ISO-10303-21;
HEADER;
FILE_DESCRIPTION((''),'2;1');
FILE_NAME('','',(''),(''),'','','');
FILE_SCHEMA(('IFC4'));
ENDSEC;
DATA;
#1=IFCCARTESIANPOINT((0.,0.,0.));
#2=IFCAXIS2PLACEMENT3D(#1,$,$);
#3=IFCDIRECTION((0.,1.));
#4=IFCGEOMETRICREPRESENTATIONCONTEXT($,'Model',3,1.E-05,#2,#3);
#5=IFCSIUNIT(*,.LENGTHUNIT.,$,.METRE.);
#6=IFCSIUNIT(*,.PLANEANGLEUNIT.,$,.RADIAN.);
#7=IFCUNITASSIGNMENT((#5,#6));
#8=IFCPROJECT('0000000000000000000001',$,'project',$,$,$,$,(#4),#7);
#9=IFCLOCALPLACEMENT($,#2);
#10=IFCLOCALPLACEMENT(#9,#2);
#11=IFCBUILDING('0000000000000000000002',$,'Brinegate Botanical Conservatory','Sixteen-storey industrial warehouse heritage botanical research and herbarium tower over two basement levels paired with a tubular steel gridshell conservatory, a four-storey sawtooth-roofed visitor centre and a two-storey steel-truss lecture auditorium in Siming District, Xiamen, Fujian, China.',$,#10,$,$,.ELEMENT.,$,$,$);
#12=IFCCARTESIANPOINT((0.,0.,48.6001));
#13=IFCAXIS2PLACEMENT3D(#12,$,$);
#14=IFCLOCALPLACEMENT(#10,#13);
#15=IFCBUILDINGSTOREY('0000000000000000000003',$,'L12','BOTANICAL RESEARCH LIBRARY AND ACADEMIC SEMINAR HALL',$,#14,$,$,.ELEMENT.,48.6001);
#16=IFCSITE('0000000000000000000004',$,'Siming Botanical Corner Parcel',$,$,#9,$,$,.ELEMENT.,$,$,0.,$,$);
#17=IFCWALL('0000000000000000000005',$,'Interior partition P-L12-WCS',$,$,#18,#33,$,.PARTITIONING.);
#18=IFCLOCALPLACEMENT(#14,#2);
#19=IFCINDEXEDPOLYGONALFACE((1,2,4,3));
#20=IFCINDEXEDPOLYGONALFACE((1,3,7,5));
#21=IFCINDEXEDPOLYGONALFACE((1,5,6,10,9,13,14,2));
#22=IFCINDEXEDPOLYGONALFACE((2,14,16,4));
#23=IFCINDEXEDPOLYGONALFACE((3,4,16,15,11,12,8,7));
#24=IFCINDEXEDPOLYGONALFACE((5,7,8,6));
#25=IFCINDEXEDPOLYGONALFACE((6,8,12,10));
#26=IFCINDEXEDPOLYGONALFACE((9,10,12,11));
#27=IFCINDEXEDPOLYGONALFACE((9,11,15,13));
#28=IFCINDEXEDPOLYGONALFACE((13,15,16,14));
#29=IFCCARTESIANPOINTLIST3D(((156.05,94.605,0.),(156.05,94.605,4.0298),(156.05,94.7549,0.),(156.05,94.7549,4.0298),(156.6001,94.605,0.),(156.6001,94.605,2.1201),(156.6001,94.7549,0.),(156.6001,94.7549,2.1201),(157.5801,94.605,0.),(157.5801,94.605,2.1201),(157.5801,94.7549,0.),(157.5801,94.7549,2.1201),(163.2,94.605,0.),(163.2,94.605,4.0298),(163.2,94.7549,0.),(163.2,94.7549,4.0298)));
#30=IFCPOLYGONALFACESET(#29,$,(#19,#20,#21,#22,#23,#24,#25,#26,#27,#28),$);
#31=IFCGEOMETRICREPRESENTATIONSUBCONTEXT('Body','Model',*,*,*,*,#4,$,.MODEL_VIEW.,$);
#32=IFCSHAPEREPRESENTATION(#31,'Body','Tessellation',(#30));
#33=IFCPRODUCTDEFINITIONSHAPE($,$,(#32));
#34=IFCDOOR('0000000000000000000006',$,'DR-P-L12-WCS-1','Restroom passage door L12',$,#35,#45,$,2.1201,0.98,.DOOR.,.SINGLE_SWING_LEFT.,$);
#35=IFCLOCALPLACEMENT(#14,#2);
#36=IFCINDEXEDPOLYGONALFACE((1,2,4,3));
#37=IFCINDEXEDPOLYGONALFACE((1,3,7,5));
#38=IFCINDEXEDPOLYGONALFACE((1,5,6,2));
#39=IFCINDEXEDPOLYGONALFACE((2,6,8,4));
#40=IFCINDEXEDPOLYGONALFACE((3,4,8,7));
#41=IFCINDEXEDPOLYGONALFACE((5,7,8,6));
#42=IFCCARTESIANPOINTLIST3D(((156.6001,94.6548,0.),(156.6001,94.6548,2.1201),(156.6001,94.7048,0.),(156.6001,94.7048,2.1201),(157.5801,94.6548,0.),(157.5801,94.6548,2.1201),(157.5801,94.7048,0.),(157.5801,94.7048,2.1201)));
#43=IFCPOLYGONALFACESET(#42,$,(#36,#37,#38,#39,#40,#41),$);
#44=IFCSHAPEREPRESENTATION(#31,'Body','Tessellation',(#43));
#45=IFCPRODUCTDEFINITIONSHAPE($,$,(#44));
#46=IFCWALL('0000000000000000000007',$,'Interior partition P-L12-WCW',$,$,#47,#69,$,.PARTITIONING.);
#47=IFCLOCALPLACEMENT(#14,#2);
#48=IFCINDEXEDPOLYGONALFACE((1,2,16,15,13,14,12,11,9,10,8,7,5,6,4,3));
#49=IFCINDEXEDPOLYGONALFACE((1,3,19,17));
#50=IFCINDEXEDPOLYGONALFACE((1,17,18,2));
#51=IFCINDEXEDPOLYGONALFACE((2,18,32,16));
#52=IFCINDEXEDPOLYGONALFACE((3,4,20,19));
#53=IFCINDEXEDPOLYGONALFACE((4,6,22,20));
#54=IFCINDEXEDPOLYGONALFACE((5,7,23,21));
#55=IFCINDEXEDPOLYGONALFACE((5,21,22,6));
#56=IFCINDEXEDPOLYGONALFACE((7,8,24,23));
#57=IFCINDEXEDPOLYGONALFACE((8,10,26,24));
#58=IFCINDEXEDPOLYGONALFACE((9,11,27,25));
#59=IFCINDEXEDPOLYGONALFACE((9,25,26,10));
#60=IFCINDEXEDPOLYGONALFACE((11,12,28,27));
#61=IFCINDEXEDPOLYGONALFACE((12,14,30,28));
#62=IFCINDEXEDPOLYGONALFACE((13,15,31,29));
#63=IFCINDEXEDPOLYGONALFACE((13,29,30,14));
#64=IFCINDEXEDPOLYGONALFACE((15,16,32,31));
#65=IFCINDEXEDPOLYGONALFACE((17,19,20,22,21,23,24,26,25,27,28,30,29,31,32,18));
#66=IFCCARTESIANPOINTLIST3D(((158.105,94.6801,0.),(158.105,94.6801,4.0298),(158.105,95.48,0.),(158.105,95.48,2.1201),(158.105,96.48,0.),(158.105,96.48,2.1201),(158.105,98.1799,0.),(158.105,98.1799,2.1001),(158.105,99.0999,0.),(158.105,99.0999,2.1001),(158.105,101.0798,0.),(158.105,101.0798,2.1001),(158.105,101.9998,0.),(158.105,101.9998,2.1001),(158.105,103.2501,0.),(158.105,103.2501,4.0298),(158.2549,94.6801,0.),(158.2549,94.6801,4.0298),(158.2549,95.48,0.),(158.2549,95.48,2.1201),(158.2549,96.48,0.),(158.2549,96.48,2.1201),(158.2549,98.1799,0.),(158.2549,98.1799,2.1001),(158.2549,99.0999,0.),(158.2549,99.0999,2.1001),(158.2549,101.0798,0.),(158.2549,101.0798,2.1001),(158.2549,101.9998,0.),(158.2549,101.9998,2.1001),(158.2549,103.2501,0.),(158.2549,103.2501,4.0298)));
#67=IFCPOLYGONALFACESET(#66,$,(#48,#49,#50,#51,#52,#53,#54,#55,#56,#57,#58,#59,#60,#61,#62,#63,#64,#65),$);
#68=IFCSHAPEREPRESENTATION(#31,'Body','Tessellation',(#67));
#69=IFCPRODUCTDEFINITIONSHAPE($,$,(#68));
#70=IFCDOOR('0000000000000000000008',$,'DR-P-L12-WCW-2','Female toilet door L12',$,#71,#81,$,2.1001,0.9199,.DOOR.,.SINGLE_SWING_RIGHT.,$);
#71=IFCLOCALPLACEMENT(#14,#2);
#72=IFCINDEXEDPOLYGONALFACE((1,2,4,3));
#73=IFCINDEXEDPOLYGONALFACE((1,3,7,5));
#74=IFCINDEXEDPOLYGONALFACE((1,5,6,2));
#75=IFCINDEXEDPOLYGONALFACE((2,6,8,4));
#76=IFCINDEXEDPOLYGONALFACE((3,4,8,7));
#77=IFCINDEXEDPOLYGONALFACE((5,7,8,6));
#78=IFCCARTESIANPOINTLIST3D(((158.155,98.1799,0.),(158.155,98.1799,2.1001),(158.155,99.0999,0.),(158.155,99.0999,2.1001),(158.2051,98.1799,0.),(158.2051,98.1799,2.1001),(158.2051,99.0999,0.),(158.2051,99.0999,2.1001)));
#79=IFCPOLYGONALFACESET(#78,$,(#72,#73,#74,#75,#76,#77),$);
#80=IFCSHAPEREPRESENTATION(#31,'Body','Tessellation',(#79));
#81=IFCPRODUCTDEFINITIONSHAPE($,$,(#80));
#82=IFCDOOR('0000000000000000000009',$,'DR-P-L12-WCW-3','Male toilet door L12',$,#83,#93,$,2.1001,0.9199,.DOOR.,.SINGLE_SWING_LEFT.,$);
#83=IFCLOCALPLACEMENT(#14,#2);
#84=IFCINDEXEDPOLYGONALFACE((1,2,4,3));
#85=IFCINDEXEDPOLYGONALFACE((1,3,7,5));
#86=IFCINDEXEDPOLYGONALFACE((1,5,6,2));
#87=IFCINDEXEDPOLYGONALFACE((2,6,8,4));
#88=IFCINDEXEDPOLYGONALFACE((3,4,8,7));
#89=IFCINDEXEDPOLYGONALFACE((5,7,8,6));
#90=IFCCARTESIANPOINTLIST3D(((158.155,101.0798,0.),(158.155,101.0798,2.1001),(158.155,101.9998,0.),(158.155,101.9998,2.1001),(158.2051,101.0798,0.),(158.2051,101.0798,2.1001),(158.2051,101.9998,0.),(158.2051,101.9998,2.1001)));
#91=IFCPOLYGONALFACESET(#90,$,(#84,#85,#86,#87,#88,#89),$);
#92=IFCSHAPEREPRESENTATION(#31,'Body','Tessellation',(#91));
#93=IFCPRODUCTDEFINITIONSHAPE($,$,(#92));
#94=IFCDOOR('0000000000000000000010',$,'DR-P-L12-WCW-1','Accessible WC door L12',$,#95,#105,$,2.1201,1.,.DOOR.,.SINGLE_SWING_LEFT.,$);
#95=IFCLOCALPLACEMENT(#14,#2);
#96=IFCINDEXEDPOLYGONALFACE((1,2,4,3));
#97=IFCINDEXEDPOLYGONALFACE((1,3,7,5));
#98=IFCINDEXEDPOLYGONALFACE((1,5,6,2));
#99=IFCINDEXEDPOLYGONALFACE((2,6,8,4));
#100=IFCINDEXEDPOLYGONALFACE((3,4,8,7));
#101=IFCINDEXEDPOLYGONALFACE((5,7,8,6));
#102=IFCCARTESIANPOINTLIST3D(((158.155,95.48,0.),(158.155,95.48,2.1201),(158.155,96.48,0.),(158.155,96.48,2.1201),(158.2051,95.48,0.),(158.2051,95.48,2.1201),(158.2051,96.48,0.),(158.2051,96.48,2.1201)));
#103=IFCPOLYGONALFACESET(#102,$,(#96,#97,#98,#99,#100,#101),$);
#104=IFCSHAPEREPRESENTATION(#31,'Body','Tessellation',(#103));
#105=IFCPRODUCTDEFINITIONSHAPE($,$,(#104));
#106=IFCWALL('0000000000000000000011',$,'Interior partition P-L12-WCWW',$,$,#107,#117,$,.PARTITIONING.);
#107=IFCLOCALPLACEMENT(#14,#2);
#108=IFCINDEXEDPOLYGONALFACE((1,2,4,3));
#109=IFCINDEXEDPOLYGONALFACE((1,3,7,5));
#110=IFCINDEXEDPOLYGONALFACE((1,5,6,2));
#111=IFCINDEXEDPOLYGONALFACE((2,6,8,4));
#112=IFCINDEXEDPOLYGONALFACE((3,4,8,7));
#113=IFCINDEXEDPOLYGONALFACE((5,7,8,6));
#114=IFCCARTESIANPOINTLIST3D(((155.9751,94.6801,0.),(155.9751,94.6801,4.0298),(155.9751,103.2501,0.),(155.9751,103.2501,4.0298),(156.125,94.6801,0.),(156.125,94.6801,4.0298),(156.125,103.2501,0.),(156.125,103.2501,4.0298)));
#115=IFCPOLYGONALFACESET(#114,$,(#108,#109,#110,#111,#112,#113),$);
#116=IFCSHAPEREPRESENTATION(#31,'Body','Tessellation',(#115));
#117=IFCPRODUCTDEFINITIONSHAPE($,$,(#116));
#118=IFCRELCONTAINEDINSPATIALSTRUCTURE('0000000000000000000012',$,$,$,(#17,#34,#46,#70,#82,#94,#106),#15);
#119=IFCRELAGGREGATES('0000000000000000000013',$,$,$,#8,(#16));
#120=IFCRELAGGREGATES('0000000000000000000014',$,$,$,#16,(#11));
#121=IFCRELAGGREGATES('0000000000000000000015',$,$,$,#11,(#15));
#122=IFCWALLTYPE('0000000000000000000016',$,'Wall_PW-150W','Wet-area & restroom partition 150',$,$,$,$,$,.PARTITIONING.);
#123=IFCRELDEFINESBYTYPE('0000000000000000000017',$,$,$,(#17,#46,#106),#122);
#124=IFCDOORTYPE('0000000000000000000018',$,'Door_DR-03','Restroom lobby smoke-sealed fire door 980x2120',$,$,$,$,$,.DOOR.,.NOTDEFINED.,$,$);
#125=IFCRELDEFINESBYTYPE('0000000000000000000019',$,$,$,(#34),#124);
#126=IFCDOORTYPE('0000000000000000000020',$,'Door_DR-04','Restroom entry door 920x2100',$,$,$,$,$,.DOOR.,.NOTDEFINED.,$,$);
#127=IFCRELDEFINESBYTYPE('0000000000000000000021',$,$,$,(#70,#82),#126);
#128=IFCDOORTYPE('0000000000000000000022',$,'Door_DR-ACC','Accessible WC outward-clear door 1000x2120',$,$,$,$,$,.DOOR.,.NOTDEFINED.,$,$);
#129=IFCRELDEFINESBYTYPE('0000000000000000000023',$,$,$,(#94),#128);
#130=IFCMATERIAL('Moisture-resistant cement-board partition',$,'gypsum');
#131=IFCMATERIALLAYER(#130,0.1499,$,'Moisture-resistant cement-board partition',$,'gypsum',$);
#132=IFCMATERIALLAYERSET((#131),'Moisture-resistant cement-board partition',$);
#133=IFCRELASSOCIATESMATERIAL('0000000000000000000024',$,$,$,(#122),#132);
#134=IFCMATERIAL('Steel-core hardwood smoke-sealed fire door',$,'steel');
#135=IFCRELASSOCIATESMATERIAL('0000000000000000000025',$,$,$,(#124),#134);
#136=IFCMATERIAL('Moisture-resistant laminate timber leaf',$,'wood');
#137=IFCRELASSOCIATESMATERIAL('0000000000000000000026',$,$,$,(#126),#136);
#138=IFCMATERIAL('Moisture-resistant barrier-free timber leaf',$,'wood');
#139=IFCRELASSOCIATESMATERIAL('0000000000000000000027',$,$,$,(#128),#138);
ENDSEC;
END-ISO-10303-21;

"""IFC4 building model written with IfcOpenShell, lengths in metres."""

from ifc_helpers import new_model, si_unit, direction, frame, frame_2d, origin, place, context, subcontext, project, spatial, rectangle, extrude, material, layer, layer_set, type_object, element, fill, save


model = new_model("IFC4")

# Units and contexts
model_context = context("Model", 3, precision=1e-05, world=origin(), true_north=direction((0.0, 1.0)))
body_context = subcontext(model_context, "Body", "Model", "MODEL_VIEW")
ifc_project = project(units=[si_unit("LENGTHUNIT", "METRE"), si_unit("PLANEANGLEUNIT", "RADIAN")], contexts=[model_context])

# Site, building, storey
site_placement = place(None, origin())
site = spatial("IfcSite", under=ifc_project, at=site_placement, Name="Siming Botanical Corner Parcel", CompositionType="ELEMENT", RefElevation=0.0)
building_placement = place(site_placement, origin())
building = spatial("IfcBuilding", under=site, at=building_placement, Name="Brinegate Botanical Conservatory", Description="Sixteen-storey industrial warehouse heritage botanical research and herbarium tower over two basement levels paired with a tubular steel gridshell conservatory, a four-storey sawtooth-roofed visitor centre and a two-storey steel-truss lecture auditorium in Siming District, Xiamen, Fujian, China.", CompositionType="ELEMENT")
storey_placement = place(building_placement, frame((0.0, 0.0, 48.6001)))
storey = spatial("IfcBuildingStorey", under=building, at=storey_placement, Name="L12", Description="BOTANICAL RESEARCH LIBRARY AND ACADEMIC SEMINAR HALL", CompositionType="ELEMENT", Elevation=48.6001)

# Wall, opening, door
ifc_material_1 = material(Name="Moisture-resistant cement-board partition", Category="gypsum")
ifc_layer_1 = layer(ifc_material_1, 0.1499, Name="Moisture-resistant cement-board partition", Category="gypsum")
ifc_layer_set_1 = layer_set([ifc_layer_1], Name="Moisture-resistant cement-board partition")
wall_type_1 = type_object("IfcWallType", Name="Wall_PW-150W", Description="Wet-area & restroom partition 150", PredefinedType="PARTITIONING", material=ifc_layer_set_1)
wall_1_placement = place(storey_placement, frame((156.05, 94.6799, 0.0), z_axis=(0.0, 0.0, 1.0), x_axis=(1.0, 0.0, 0.0)))
wall_1 = element("IfcWall", 1, at=wall_1_placement, inside=storey, type_object=wall_type_1, Name="Interior partition P-L12-WCS", PredefinedType="PARTITIONING", context=body_context, shape_type="SweptSolid", body=[
    extrude(rectangle(XDim=7.1499, YDim=0.1499, at=frame_2d((3.575, 0.0))), origin(), (0.0, 0.0, 1.0), 4.0298),
])
opening_1_placement = place(wall_1_placement, frame((0.55, 0.0, 0.0)))
opening_1 = element("IfcOpeningElement", 2, at=opening_1_placement, cuts=wall_1, PredefinedType="OPENING", context=body_context, shape_type="SweptSolid", body=[
    extrude(rectangle(XDim=0.98, YDim=2.1201, at=frame_2d((0.49, 1.0601))), frame((0.0, 0.085, 0.0), z_axis=(0.0, -1.0, 0.0), x_axis=(1.0, 0.0, 0.0)), (0.0, 0.0, 1.0), 0.1699),
])
ifc_material_2 = material(Name="Steel-core hardwood smoke-sealed fire door", Category="steel")
door_type_1 = type_object("IfcDoorType", Name="Door_DR-03", Description="Restroom lobby smoke-sealed fire door 980x2120", OperationType="NOTDEFINED", PredefinedType="DOOR", material=ifc_material_2)
door_1_placement = place(opening_1_placement, origin())
door_1 = element("IfcDoor", 3, at=door_1_placement, inside=storey, type_object=door_type_1, Name="DR-P-L12-WCS-1", Description="Restroom passage door L12", OperationType="SINGLE_SWING_LEFT", OverallHeight=2.1201, OverallWidth=0.98, PredefinedType="DOOR", context=body_context, shape_type="SweptSolid", body=[
    extrude(rectangle(XDim=0.98, YDim=2.1201, at=frame_2d((0.49, 1.0601))), frame((0.0, 0.0249, 0.0), z_axis=(0.0, -1.0, 0.0), x_axis=(1.0, 0.0, 0.0)), (0.0, 0.0, 1.0), 0.05),
])
fill(opening_1, door_1)

# Wall, openings, doors
wall_2_placement = place(storey_placement, frame((158.1799, 94.6799, 0.0), z_axis=(0.0, 0.0, 1.0), x_axis=(0.0, 1.0, 0.0)))
wall_2 = element("IfcWall", 4, at=wall_2_placement, inside=storey, type_object=wall_type_1, Name="Interior partition P-L12-WCW", PredefinedType="PARTITIONING", context=body_context, shape_type="SweptSolid", body=[
    extrude(rectangle(XDim=8.5701, YDim=0.1499, at=frame_2d((4.2852, 0.0))), origin(), (0.0, 0.0, 1.0), 4.0298),
])
opening_2_placement = place(wall_2_placement, frame((0.8, 0.0, 0.0)))
opening_2 = element("IfcOpeningElement", 5, at=opening_2_placement, cuts=wall_2, PredefinedType="OPENING", context=body_context, shape_type="SweptSolid", body=[
    extrude(rectangle(XDim=1.0, YDim=2.1201, at=frame_2d((0.5, 1.0601))), frame((0.0, 0.085, 0.0), z_axis=(0.0, -1.0, 0.0), x_axis=(1.0, 0.0, 0.0)), (0.0, 0.0, 1.0), 0.1699),
])
opening_3_placement = place(wall_2_placement, frame((3.5, 0.0, 0.0)))
opening_3 = element("IfcOpeningElement", 6, at=opening_3_placement, cuts=wall_2, PredefinedType="OPENING", context=body_context, shape_type="SweptSolid", body=[
    extrude(rectangle(XDim=0.9199, YDim=2.1001, at=frame_2d((0.46, 1.05))), frame((0.0, 0.085, 0.0), z_axis=(0.0, -1.0, 0.0), x_axis=(1.0, 0.0, 0.0)), (0.0, 0.0, 1.0), 0.1699),
])
opening_4_placement = place(wall_2_placement, frame((6.3999, 0.0, 0.0)))
opening_4 = element("IfcOpeningElement", 7, at=opening_4_placement, cuts=wall_2, PredefinedType="OPENING", context=body_context, shape_type="SweptSolid", body=[
    extrude(rectangle(XDim=0.9199, YDim=2.1001, at=frame_2d((0.46, 1.05))), frame((0.0, 0.085, 0.0), z_axis=(0.0, -1.0, 0.0), x_axis=(1.0, 0.0, 0.0)), (0.0, 0.0, 1.0), 0.1699),
])
ifc_material_3 = material(Name="Moisture-resistant laminate timber leaf", Category="wood")
door_type_2 = type_object("IfcDoorType", Name="Door_DR-04", Description="Restroom entry door 920x2100", OperationType="NOTDEFINED", PredefinedType="DOOR", material=ifc_material_3)
door_2_placement = place(opening_3_placement, origin())
door_2 = element("IfcDoor", 8, at=door_2_placement, inside=storey, type_object=door_type_2, Name="DR-P-L12-WCW-2", Description="Female toilet door L12", OperationType="SINGLE_SWING_RIGHT", OverallHeight=2.1001, OverallWidth=0.9199, PredefinedType="DOOR", context=body_context, shape_type="SweptSolid", body=[
    extrude(rectangle(XDim=0.9199, YDim=2.1001, at=frame_2d((0.46, 1.05))), frame((0.0, 0.0249, 0.0), z_axis=(0.0, -1.0, 0.0), x_axis=(1.0, 0.0, 0.0)), (0.0, 0.0, 1.0), 0.05),
])
fill(opening_3, door_2)
door_3_placement = place(opening_4_placement, origin())
door_3 = element("IfcDoor", 9, at=door_3_placement, inside=storey, type_object=door_type_2, Name="DR-P-L12-WCW-3", Description="Male toilet door L12", OperationType="SINGLE_SWING_LEFT", OverallHeight=2.1001, OverallWidth=0.9199, PredefinedType="DOOR", context=body_context, shape_type="SweptSolid", body=[
    extrude(rectangle(XDim=0.9199, YDim=2.1001, at=frame_2d((0.46, 1.05))), frame((0.0, 0.0249, 0.0), z_axis=(0.0, -1.0, 0.0), x_axis=(1.0, 0.0, 0.0)), (0.0, 0.0, 1.0), 0.05),
])
fill(opening_4, door_3)
ifc_material_4 = material(Name="Moisture-resistant barrier-free timber leaf", Category="wood")
door_type_3 = type_object("IfcDoorType", Name="Door_DR-ACC", Description="Accessible WC outward-clear door 1000x2120", OperationType="NOTDEFINED", PredefinedType="DOOR", material=ifc_material_4)
door_4_placement = place(opening_2_placement, origin())
door_4 = element("IfcDoor", 10, at=door_4_placement, inside=storey, type_object=door_type_3, Name="DR-P-L12-WCW-1", Description="Accessible WC door L12", OperationType="SINGLE_SWING_LEFT", OverallHeight=2.1201, OverallWidth=1.0, PredefinedType="DOOR", context=body_context, shape_type="SweptSolid", body=[
    extrude(rectangle(XDim=1.0, YDim=2.1201, at=frame_2d((0.5, 1.0601))), frame((0.0, 0.0249, 0.0), z_axis=(0.0, -1.0, 0.0), x_axis=(1.0, 0.0, 0.0)), (0.0, 0.0, 1.0), 0.05),
])
fill(opening_2, door_4)

# Wall
wall_3_placement = place(storey_placement, frame((156.05, 94.6799, 0.0), z_axis=(0.0, 0.0, 1.0), x_axis=(0.0, 1.0, 0.0)))
element("IfcWall", 11, at=wall_3_placement, inside=storey, type_object=wall_type_1, Name="Interior partition P-L12-WCWW", PredefinedType="PARTITIONING", context=body_context, shape_type="SweptSolid", body=[
    extrude(rectangle(XDim=8.5701, YDim=0.1499, at=frame_2d((4.2852, 0.0))), origin(), (0.0, 0.0, 1.0), 4.0298),
])

save(model, "model.ifc")
